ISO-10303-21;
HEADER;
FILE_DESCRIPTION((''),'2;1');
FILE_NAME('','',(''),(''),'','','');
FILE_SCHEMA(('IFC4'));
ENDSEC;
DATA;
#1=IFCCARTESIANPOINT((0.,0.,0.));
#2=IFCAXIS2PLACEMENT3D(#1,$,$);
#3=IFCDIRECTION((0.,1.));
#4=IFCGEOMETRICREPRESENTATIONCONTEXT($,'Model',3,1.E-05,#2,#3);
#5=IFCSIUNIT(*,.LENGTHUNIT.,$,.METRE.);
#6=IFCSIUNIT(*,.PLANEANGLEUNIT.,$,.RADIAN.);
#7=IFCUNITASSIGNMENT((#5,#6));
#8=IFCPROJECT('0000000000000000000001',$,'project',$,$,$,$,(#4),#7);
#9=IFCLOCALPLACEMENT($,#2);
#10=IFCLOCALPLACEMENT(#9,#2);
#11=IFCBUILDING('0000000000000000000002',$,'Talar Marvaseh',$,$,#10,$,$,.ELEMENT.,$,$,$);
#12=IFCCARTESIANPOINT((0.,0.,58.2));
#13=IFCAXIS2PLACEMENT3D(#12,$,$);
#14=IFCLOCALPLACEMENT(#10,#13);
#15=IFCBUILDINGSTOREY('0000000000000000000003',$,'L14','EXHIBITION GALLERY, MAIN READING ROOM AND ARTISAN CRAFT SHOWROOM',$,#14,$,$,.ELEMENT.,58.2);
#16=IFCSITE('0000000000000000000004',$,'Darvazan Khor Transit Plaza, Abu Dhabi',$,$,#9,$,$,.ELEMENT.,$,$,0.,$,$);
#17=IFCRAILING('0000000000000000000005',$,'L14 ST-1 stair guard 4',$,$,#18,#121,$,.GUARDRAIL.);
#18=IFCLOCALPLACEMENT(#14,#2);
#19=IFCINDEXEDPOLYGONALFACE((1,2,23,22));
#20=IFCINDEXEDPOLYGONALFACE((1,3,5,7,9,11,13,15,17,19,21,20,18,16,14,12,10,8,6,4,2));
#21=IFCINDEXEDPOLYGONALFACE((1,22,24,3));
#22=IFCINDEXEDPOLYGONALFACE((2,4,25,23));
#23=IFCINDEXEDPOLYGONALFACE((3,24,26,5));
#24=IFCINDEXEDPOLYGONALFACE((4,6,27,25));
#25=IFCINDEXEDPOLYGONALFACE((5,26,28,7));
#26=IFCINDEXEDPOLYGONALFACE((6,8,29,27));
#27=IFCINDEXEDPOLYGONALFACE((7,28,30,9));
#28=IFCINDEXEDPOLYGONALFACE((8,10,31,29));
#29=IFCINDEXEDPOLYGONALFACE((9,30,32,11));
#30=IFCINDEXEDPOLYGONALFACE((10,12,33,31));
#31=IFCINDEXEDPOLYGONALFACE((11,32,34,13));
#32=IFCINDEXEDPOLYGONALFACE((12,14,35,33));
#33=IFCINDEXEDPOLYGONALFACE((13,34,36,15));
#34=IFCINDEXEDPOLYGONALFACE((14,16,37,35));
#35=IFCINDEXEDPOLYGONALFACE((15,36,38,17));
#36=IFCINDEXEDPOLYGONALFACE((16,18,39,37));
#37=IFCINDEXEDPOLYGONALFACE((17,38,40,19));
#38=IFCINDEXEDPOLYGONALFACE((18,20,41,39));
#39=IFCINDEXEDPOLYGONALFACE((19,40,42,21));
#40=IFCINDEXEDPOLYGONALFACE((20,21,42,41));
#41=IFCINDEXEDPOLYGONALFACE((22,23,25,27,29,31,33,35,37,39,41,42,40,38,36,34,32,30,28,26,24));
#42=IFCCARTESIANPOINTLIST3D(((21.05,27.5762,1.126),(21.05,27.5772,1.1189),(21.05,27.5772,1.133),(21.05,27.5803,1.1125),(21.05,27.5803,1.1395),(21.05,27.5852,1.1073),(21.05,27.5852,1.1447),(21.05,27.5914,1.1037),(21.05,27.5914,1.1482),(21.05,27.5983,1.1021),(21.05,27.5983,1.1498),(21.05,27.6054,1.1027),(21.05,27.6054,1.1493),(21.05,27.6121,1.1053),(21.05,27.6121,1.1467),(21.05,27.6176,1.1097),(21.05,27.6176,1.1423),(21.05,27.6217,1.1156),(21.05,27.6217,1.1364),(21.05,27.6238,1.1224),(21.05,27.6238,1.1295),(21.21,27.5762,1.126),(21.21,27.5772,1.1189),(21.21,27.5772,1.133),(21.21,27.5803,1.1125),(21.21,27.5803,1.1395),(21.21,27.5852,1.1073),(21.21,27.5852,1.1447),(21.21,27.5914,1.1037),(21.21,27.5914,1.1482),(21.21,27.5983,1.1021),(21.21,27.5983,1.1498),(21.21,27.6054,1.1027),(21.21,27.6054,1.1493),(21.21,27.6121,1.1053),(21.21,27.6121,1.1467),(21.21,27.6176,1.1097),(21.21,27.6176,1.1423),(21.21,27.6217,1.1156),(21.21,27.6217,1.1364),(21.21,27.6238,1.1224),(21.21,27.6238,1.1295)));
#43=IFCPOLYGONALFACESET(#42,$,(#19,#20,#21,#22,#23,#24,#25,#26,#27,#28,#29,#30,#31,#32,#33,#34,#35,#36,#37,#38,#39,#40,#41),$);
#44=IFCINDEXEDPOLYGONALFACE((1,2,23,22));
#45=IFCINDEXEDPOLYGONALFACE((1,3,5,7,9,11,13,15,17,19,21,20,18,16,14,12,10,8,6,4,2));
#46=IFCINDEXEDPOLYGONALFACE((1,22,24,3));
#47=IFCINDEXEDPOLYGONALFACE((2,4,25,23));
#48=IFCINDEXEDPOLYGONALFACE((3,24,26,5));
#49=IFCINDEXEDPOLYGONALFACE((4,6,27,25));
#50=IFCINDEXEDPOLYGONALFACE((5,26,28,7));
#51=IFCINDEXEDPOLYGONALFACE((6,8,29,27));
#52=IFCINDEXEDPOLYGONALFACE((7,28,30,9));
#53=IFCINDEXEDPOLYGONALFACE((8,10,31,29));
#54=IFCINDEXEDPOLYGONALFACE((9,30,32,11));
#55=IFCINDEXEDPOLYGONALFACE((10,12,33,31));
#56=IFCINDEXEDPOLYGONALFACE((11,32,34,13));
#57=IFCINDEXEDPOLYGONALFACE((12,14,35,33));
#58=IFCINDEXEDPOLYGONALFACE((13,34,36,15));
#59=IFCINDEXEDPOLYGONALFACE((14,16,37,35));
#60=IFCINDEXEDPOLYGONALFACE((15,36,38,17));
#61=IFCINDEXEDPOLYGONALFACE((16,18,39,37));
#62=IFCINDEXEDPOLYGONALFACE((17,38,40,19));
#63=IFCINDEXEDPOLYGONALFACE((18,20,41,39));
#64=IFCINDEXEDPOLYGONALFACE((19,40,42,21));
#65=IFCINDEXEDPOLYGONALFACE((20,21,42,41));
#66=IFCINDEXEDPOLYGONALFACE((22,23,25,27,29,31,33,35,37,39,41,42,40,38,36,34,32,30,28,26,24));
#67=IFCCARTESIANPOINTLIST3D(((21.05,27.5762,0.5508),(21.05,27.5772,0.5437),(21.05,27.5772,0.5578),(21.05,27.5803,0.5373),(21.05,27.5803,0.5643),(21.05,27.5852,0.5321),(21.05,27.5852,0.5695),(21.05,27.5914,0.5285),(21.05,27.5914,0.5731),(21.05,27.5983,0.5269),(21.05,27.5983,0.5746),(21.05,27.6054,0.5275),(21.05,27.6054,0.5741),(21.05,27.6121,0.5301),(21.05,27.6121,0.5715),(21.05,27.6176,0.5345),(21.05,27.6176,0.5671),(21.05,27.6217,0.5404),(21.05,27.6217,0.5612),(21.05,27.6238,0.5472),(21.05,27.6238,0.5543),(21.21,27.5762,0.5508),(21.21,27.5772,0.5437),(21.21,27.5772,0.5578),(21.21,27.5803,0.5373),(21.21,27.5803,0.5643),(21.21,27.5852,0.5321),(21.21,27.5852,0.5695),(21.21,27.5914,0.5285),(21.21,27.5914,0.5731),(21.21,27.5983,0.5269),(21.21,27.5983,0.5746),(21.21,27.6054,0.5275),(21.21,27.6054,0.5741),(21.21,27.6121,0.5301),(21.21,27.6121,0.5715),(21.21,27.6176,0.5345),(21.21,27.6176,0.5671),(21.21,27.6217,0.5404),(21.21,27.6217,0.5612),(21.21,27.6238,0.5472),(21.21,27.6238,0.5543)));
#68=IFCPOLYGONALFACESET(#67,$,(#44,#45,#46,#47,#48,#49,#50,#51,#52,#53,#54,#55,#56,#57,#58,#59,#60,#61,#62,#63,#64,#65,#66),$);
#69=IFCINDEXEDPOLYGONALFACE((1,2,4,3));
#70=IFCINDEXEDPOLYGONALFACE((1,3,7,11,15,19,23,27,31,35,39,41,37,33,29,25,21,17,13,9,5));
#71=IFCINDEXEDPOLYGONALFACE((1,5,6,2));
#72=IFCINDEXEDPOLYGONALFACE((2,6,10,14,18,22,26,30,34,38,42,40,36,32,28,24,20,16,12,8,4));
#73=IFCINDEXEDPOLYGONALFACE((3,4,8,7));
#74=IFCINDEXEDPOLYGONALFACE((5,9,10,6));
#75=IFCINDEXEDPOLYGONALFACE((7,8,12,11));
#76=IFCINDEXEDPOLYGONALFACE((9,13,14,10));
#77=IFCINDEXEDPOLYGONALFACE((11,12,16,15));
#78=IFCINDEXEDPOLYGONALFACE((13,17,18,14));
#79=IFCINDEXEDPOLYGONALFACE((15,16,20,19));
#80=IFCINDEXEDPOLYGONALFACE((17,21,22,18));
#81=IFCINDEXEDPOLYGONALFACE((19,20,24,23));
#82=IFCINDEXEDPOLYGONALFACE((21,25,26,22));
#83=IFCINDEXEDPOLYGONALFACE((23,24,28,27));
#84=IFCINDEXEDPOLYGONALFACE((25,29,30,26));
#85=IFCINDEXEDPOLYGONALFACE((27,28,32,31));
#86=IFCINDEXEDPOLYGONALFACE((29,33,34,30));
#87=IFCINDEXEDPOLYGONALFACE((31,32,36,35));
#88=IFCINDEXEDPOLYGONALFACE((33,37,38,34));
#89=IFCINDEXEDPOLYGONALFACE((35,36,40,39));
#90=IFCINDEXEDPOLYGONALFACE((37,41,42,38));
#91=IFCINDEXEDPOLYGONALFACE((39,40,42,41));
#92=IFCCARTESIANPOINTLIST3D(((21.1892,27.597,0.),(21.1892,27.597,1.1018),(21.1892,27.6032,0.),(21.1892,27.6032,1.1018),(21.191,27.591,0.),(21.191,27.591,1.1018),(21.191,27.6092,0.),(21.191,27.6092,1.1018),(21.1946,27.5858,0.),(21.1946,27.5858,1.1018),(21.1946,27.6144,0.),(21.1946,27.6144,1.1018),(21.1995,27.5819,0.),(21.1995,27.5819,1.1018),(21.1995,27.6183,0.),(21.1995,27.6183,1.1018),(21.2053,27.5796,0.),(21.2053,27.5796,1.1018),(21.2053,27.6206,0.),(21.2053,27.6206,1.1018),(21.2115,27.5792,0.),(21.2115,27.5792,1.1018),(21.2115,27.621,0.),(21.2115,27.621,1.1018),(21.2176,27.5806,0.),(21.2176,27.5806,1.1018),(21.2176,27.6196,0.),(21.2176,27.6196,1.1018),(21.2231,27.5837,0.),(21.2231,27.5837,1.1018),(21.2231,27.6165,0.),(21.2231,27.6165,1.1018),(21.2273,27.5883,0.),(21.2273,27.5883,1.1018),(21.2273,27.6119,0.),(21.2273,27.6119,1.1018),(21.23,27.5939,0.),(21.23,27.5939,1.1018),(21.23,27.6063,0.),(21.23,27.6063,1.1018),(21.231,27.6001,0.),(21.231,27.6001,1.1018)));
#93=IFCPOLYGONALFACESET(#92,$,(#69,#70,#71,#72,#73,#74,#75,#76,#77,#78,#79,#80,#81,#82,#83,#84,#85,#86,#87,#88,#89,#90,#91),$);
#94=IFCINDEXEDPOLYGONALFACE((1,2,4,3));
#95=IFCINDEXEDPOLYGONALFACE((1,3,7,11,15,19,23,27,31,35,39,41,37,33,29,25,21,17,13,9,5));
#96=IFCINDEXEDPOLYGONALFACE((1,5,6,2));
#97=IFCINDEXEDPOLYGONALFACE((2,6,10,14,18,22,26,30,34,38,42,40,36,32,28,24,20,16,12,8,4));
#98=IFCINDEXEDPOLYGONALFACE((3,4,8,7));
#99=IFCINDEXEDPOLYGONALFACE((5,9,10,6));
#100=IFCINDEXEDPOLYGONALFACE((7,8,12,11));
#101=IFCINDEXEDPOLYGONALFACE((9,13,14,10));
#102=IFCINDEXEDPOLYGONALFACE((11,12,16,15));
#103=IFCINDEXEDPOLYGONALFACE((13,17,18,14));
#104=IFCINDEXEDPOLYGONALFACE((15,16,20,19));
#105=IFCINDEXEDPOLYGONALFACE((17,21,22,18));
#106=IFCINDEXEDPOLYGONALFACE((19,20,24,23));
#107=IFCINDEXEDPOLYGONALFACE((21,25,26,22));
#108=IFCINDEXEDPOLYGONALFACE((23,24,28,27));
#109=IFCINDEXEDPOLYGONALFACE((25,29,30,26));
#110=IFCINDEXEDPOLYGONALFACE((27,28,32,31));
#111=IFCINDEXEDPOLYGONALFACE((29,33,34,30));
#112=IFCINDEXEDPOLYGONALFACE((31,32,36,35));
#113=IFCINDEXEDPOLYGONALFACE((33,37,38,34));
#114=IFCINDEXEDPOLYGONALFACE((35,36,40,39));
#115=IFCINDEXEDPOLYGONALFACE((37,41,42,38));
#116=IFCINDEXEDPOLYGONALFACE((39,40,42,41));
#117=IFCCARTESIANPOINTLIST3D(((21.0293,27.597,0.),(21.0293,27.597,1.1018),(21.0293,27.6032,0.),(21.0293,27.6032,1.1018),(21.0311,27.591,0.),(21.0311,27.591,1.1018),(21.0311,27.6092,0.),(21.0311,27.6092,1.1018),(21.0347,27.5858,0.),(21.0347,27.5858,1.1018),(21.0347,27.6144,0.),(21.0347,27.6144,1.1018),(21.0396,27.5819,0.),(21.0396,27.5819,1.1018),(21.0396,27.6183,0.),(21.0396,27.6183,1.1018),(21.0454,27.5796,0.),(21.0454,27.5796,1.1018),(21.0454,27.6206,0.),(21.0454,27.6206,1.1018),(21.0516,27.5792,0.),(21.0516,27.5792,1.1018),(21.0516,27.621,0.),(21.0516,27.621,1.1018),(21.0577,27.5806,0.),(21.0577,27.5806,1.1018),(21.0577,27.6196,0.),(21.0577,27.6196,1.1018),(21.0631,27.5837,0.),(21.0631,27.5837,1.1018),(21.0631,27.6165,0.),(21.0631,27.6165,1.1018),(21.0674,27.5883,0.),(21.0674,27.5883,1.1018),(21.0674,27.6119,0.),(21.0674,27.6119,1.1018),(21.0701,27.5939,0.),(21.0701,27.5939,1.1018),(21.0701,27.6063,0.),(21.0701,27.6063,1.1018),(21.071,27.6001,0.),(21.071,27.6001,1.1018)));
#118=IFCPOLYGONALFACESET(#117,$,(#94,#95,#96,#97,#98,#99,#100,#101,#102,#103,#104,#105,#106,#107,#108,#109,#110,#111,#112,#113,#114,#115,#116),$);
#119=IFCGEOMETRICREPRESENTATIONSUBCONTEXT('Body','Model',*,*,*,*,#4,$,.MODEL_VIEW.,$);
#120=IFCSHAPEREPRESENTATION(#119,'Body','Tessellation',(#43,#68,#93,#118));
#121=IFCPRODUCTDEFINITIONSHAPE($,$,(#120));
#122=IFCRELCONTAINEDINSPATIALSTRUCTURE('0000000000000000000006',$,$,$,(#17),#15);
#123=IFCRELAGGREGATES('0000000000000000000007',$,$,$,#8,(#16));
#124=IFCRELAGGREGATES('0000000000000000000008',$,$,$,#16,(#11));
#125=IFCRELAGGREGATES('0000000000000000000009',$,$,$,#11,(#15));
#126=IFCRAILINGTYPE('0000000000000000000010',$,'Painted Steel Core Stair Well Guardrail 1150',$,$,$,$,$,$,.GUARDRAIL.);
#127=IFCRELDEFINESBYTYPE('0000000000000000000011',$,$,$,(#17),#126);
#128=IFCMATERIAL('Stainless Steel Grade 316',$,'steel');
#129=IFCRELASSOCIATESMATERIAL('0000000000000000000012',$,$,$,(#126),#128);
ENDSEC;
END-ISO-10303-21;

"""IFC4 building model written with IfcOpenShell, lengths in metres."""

from ifc_helpers import new_model, si_unit, direction, frame, origin, origin_2d, place, context, subcontext, project, spatial, circle, extrude, material, type_object, element, save


model = new_model("IFC4")

# Units and contexts
model_context = context("Model", 3, precision=1e-05, world=origin(), true_north=direction((0.0, 1.0)))
body_context = subcontext(model_context, "Body", "Model", "MODEL_VIEW")
ifc_project = project(units=[si_unit("LENGTHUNIT", "METRE"), si_unit("PLANEANGLEUNIT", "RADIAN")], contexts=[model_context])

# Site, building, storey
site_placement = place(None, origin())
site = spatial("IfcSite", under=ifc_project, at=site_placement, Name="Darvazan Khor Transit Plaza, Abu Dhabi", CompositionType="ELEMENT", RefElevation=0.0)
building_placement = place(site_placement, origin())
building = spatial("IfcBuilding", under=site, at=building_placement, Name="Talar Marvaseh", CompositionType="ELEMENT")
storey_placement = place(building_placement, frame((0.0, 0.0, 58.2)))
storey = spatial("IfcBuildingStorey", under=building, at=storey_placement, Name="L14", Description="EXHIBITION GALLERY, MAIN READING ROOM AND ARTISAN CRAFT SHOWROOM", CompositionType="ELEMENT", Elevation=58.2)

# Railing
ifc_material_1 = material(Name="Stainless Steel Grade 316", Category="steel")
railing_type_1 = type_object("IfcRailingType", Name="Painted Steel Core Stair Well Guardrail 1150", PredefinedType="GUARDRAIL", material=ifc_material_1)
railing_1_placement = place(storey_placement, frame((21.21, 27.6001, 0.0)))
element("IfcRailing", 1, at=railing_1_placement, inside=storey, type_object=railing_type_1, Name="L14 ST-1 stair guard 4", PredefinedType="GUARDRAIL", context=body_context, shape_type="SweptSolid", body=[
    extrude(circle(Radius=0.0239, at=origin_2d()), frame((0.0, 0.0, 1.126), z_axis=(-1.0, 0.0, 0.0), x_axis=(0.0, -1.0, 0.0)), (0.0, 0.0, 1.0), 0.1599),
    extrude(circle(Radius=0.0239, at=origin_2d()), frame((0.0, 0.0, 0.5508), z_axis=(-1.0, 0.0, 0.0), x_axis=(0.0, -1.0, 0.0)), (0.0, 0.0, 1.0), 0.1599),
    extrude(circle(Radius=0.021, at=origin_2d()), origin(), (0.0, 0.0, 1.0), 1.1018),
    extrude(circle(Radius=0.021, at=origin_2d()), frame((-0.1599, 0.0, 0.0)), (0.0, 0.0, 1.0), 1.1018),
])

save(model, "model.ifc")
